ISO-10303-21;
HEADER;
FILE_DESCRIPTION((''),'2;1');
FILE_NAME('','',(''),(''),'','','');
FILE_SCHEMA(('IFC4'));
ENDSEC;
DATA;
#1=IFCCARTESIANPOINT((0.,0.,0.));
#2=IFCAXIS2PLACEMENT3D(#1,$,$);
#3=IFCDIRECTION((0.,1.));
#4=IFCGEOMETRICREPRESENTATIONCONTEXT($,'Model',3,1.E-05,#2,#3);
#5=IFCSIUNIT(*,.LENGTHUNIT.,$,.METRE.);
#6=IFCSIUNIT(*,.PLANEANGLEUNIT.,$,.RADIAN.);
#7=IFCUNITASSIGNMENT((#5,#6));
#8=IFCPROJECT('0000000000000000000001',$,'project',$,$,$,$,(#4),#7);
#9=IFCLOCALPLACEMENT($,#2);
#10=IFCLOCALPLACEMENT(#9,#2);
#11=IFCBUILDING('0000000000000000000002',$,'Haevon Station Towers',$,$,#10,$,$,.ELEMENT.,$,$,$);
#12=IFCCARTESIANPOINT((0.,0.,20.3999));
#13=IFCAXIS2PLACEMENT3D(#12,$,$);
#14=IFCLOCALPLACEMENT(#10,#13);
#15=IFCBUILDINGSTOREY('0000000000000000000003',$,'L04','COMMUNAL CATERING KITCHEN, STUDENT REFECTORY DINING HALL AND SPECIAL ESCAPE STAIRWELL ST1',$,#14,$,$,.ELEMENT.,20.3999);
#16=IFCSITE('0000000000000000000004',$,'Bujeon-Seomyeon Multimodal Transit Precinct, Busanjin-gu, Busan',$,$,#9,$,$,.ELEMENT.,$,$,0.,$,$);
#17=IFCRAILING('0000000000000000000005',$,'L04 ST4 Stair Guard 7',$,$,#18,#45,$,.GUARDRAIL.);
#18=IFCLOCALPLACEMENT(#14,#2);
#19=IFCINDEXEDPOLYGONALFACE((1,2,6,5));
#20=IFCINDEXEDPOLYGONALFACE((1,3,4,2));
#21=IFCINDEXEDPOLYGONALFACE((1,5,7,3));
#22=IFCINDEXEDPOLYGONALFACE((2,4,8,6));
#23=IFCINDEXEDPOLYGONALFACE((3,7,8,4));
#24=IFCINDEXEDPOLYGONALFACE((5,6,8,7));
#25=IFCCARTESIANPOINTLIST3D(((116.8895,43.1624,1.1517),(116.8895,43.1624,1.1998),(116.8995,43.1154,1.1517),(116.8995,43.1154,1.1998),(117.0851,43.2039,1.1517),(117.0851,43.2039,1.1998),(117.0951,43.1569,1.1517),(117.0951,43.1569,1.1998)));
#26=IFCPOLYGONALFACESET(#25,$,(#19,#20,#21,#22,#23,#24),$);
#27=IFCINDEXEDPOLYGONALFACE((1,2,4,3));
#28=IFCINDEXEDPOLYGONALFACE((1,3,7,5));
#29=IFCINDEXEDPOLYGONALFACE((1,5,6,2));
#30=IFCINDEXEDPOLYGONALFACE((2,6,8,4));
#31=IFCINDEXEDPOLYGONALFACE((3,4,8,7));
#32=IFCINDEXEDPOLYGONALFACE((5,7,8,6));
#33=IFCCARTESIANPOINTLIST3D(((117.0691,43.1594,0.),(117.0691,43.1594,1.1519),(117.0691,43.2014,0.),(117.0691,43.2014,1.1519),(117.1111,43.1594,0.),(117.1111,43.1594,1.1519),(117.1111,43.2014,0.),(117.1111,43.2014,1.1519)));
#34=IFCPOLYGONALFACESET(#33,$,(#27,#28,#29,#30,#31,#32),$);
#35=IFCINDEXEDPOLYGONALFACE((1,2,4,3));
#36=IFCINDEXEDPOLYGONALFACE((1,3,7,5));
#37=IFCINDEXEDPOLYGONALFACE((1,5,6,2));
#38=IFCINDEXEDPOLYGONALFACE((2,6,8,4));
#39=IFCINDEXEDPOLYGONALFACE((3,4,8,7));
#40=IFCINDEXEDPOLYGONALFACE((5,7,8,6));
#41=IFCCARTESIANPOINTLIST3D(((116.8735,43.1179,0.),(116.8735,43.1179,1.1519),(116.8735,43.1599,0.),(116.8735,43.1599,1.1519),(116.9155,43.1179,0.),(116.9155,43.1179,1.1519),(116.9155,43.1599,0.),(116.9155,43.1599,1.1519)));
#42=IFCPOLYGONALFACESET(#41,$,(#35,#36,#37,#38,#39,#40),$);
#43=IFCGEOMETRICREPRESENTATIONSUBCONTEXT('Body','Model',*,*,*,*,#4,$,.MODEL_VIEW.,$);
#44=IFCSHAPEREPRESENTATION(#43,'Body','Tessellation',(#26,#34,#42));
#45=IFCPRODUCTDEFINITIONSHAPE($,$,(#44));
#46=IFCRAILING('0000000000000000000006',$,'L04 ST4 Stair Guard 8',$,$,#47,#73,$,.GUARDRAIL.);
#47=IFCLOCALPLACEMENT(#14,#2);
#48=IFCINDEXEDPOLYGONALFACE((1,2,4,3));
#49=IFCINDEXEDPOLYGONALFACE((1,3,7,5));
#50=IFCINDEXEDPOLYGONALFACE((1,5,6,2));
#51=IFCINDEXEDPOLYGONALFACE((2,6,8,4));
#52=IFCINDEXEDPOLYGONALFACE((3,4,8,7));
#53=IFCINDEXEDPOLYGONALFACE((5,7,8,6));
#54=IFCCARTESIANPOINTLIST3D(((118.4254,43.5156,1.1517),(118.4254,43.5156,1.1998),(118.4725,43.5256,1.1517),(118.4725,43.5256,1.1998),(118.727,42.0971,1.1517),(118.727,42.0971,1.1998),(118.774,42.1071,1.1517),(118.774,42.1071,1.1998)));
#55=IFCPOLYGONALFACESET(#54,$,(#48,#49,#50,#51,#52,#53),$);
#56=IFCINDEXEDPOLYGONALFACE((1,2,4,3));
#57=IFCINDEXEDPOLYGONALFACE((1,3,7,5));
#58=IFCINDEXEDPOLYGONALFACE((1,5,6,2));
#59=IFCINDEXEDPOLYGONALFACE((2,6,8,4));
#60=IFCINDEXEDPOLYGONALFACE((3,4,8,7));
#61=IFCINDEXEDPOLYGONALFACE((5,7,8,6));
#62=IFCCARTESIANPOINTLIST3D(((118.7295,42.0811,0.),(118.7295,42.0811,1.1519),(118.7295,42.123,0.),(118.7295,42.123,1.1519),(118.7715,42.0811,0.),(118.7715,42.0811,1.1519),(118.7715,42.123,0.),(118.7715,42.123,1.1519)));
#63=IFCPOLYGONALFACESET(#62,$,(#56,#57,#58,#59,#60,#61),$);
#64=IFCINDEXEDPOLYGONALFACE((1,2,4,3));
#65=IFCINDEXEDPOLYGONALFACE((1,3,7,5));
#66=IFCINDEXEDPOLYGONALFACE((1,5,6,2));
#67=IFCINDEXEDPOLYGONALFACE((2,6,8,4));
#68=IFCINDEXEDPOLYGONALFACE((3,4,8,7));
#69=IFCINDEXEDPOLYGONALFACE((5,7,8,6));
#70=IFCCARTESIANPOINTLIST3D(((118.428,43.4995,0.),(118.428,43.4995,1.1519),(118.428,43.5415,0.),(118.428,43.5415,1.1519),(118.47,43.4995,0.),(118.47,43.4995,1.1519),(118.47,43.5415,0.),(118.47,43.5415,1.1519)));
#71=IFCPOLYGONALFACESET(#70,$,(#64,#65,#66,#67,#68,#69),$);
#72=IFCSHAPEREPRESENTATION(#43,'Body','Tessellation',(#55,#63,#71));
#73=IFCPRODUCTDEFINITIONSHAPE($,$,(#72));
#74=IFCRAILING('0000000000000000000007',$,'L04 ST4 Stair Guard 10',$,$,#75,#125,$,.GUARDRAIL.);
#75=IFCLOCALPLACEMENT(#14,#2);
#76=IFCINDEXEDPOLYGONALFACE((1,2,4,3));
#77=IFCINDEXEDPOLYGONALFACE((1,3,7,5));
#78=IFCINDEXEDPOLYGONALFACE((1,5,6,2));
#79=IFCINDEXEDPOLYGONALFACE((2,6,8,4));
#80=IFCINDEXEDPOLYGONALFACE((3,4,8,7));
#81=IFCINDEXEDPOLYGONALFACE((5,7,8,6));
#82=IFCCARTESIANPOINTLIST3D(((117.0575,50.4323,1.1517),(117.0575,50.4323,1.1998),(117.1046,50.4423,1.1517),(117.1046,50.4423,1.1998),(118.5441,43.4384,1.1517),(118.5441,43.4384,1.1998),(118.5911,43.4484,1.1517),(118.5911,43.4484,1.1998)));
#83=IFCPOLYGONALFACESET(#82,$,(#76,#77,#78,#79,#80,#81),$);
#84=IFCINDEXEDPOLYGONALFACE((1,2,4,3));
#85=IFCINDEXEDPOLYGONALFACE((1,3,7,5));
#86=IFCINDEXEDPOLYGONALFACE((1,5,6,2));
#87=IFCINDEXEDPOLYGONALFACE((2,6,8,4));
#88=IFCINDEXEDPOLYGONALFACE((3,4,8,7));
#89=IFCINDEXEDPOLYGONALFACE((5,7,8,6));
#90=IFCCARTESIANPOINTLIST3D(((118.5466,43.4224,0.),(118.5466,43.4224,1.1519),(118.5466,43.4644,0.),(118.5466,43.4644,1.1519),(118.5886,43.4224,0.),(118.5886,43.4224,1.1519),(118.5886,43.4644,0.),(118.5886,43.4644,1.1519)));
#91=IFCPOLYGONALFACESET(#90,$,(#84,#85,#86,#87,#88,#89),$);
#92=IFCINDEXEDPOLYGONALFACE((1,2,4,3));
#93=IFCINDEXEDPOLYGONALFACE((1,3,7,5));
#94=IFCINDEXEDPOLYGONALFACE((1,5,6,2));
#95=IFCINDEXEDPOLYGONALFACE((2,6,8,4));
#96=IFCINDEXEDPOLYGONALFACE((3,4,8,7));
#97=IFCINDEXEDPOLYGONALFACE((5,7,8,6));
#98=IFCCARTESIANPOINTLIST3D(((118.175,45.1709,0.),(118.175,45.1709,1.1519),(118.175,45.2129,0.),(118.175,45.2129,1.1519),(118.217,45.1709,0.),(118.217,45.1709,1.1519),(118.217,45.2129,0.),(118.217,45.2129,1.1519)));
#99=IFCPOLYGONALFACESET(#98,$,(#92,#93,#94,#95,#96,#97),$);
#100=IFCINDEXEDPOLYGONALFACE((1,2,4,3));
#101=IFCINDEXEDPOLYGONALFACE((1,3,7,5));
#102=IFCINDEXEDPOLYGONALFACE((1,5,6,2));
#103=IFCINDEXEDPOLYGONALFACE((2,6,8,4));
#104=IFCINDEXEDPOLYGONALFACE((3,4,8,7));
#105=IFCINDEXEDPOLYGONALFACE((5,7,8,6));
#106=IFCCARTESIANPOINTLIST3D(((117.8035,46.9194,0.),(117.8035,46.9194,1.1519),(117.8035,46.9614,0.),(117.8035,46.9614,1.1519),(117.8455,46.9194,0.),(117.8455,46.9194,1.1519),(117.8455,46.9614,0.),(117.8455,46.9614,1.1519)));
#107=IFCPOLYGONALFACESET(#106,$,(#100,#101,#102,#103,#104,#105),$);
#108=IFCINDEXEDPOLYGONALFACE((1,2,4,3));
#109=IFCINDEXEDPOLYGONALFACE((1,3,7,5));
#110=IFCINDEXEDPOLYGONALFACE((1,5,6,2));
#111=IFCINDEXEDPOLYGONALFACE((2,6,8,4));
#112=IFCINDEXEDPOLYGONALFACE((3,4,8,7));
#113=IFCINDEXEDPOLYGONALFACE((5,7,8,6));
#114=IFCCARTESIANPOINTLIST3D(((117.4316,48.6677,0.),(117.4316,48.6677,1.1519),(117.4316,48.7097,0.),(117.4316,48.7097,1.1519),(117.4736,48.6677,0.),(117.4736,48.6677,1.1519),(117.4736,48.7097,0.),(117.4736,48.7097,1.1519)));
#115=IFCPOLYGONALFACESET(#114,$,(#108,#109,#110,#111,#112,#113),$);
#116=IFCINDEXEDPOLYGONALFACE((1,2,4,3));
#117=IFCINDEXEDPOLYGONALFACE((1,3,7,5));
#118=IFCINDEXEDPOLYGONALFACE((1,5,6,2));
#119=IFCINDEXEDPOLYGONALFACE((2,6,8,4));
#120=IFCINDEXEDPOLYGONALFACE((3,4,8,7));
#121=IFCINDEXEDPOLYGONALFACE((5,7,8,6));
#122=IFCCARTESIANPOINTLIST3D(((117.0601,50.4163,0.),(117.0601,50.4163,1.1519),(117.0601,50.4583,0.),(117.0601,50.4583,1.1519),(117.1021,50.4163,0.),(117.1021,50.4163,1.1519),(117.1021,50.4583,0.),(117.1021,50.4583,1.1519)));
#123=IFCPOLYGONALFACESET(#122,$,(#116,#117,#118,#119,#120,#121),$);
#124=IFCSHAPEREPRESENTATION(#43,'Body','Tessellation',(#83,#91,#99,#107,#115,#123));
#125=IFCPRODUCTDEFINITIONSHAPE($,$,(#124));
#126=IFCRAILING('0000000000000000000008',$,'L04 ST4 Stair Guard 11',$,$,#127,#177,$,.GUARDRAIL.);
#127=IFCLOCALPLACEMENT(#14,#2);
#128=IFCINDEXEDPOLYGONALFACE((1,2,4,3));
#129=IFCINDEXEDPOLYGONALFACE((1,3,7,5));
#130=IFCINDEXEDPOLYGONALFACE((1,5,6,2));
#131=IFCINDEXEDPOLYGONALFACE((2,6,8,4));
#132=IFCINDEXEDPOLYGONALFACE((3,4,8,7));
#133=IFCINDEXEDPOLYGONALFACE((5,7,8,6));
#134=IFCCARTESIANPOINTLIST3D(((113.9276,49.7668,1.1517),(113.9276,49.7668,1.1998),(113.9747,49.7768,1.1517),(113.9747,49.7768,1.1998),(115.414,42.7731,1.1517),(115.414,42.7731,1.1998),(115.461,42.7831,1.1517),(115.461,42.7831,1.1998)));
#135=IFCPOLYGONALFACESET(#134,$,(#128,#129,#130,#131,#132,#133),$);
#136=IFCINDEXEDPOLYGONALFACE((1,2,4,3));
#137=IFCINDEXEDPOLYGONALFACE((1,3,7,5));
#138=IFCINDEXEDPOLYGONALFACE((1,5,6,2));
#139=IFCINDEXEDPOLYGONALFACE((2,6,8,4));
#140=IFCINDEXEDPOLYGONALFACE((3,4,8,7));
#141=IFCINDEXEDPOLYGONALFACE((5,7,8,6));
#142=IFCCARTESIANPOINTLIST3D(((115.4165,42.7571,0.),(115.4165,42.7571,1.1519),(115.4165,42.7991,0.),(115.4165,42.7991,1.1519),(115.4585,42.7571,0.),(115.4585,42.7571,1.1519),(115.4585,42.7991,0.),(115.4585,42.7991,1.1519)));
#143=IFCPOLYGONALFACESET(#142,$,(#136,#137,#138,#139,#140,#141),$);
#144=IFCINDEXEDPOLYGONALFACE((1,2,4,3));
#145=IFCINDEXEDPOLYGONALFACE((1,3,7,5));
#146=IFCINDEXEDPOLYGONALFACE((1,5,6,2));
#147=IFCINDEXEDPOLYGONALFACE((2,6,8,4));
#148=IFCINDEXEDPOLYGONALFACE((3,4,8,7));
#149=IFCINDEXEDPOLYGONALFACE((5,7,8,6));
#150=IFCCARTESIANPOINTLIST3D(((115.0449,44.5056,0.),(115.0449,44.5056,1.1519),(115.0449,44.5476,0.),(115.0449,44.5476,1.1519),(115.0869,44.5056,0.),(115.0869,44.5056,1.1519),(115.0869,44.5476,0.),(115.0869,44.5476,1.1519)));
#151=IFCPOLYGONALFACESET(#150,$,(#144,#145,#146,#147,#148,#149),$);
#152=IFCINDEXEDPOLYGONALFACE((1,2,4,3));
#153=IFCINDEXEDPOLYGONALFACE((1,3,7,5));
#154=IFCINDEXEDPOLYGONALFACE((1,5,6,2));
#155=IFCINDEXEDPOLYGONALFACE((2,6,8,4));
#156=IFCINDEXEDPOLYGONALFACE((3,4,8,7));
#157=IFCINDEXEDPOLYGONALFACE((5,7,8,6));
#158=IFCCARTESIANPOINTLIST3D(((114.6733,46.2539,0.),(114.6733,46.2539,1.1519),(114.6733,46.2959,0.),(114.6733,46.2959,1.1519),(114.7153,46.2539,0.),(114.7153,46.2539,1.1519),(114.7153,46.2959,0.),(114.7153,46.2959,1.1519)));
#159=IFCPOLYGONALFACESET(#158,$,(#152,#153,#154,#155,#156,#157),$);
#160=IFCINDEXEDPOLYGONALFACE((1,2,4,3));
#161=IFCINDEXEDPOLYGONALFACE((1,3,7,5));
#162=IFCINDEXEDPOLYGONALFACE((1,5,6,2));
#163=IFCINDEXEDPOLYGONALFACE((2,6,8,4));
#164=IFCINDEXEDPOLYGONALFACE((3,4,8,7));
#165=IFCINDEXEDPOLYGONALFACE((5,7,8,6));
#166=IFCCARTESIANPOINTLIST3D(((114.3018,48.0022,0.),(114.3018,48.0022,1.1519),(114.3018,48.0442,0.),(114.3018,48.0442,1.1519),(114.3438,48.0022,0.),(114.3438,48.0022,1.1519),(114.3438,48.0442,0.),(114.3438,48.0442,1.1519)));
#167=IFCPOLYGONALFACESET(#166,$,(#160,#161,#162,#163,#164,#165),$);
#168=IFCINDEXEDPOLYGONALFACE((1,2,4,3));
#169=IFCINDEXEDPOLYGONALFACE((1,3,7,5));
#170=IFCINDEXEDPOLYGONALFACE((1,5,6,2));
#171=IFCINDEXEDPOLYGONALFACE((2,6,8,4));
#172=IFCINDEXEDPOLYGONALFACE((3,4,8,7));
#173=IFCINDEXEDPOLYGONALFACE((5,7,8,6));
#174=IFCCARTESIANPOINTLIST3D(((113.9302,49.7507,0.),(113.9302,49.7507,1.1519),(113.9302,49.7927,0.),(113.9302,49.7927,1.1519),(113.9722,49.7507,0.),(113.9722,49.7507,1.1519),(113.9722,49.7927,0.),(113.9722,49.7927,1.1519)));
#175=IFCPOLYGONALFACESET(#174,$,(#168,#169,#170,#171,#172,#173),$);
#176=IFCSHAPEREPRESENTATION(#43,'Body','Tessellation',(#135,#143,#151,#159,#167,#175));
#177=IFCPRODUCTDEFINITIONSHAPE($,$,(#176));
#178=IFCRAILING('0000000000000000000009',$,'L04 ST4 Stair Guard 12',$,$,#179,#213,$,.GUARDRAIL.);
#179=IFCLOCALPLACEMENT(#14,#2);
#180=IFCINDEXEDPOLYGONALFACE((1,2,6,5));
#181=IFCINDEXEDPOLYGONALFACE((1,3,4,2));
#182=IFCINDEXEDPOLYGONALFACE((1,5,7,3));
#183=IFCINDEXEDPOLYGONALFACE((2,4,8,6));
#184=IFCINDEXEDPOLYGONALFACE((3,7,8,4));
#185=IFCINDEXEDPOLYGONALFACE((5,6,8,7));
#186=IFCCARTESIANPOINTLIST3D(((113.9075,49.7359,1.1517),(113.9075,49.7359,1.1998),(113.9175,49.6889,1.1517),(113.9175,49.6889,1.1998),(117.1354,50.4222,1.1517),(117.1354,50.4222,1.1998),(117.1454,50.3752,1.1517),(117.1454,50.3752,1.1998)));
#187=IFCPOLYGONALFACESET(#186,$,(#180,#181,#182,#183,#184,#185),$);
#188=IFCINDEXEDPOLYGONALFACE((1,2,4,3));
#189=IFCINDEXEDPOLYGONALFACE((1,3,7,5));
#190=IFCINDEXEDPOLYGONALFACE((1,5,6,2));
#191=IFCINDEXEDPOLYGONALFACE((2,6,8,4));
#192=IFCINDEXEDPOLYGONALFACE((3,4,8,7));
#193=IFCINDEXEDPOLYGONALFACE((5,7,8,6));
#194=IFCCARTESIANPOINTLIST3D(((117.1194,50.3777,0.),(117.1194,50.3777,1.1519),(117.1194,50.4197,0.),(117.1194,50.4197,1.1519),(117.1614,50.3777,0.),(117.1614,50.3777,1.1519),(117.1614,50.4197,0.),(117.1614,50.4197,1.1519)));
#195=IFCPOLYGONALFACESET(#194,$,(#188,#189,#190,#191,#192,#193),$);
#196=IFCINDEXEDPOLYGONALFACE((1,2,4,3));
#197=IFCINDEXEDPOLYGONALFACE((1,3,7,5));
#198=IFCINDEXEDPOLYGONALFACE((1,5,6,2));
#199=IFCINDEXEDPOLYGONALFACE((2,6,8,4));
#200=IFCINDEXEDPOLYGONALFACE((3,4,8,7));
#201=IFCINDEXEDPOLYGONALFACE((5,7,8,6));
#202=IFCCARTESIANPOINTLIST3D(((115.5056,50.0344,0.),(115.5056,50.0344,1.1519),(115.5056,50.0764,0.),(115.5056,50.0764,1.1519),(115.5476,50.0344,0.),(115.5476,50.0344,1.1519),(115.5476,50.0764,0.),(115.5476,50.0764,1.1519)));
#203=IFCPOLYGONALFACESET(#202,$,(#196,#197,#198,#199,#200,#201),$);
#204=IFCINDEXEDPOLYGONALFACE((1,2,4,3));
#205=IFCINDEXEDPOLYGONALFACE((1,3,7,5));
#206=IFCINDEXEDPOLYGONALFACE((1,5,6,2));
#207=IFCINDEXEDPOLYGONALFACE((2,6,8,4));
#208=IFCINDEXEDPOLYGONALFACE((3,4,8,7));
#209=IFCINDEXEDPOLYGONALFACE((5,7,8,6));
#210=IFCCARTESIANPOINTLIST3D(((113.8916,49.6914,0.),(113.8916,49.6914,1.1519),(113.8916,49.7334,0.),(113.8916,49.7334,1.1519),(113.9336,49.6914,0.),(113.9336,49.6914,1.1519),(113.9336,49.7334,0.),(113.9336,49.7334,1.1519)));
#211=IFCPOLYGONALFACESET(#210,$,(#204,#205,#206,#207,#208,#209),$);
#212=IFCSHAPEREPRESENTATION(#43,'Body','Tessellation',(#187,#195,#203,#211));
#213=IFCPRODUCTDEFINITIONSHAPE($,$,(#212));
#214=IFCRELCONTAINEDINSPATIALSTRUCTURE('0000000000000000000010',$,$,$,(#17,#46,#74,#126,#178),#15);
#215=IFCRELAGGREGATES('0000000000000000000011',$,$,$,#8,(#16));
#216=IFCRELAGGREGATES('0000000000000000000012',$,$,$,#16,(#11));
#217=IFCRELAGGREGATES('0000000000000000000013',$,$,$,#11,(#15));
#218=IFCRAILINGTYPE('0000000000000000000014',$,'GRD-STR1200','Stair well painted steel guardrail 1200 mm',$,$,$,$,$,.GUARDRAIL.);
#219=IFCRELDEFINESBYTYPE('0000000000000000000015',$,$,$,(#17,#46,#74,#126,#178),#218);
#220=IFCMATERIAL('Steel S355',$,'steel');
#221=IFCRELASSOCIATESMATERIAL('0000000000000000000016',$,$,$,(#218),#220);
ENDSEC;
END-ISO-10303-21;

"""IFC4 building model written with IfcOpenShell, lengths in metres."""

from ifc_helpers import new_model, si_unit, direction, frame, origin, origin_2d, place, context, subcontext, project, spatial, rectangle, extrude, material, type_object, element, save


model = new_model("IFC4")

# Units and contexts
model_context = context("Model", 3, precision=1e-05, world=origin(), true_north=direction((0.0, 1.0)))
body_context = subcontext(model_context, "Body", "Model", "MODEL_VIEW")
ifc_project = project(units=[si_unit("LENGTHUNIT", "METRE"), si_unit("PLANEANGLEUNIT", "RADIAN")], contexts=[model_context])

# Site, building, storey
site_placement = place(None, origin())
site = spatial("IfcSite", under=ifc_project, at=site_placement, Name="Bujeon-Seomyeon Multimodal Transit Precinct, Busanjin-gu, Busan", CompositionType="ELEMENT", RefElevation=0.0)
building_placement = place(site_placement, origin())
building = spatial("IfcBuilding", under=site, at=building_placement, Name="Haevon Station Towers", CompositionType="ELEMENT")
storey_placement = place(building_placement, frame((0.0, 0.0, 20.3999)))
storey = spatial("IfcBuildingStorey", under=building, at=storey_placement, Name="L04", Description="COMMUNAL CATERING KITCHEN, STUDENT REFECTORY DINING HALL AND SPECIAL ESCAPE STAIRWELL ST1", CompositionType="ELEMENT", Elevation=20.3999)

# Shared definitions
ifc_material_1 = material(Name="Steel S355", Category="steel")

# Railings
railing_type_1 = type_object("IfcRailingType", Name="GRD-STR1200", Description="Stair well painted steel guardrail 1200 mm", PredefinedType="GUARDRAIL", material=ifc_material_1)
railing_1_placement = place(storey_placement, frame((117.0901, 43.1804, 0.0)))
element("IfcRailing", 1, at=railing_1_placement, inside=storey, type_object=railing_type_1, Name="L04 ST4 Stair Guard 7", PredefinedType="GUARDRAIL", context=body_context, shape_type="SweptSolid", body=[
    extrude(rectangle(XDim=0.0481, YDim=0.0481, at=origin_2d()), frame((0.0, 0.0, 1.1758), z_axis=(-0.978212, -0.20761, 0.0), x_axis=(0.20761, -0.978212, 0.0)), (0.0, 0.0, 1.0), 0.2),
    extrude(rectangle(XDim=0.042, YDim=0.042, at=origin_2d()), origin(), (0.0, 0.0, 1.0), 1.1519),
    extrude(rectangle(XDim=0.042, YDim=0.042, at=origin_2d()), frame((-0.1956, -0.0415, 0.0)), (0.0, 0.0, 1.0), 1.1519),
])
railing_2_placement = place(storey_placement, frame((118.7505, 42.1021, 0.0)))
element("IfcRailing", 2, at=railing_2_placement, inside=storey, type_object=railing_type_1, Name="L04 ST4 Stair Guard 8", PredefinedType="GUARDRAIL", context=body_context, shape_type="SweptSolid", body=[
    extrude(rectangle(XDim=0.0481, YDim=0.0481, at=origin_2d()), frame((0.0, 0.0, 1.1758), z_axis=(-0.207919, 0.978146, 0.0), x_axis=(-0.978146, -0.207919, 0.0)), (0.0, 0.0, 1.0), 1.4502),
    extrude(rectangle(XDim=0.042, YDim=0.042, at=origin_2d()), origin(), (0.0, 0.0, 1.0), 1.1519),
    extrude(rectangle(XDim=0.042, YDim=0.042, at=origin_2d()), frame((-0.3015, 1.4185, 0.0)), (0.0, 0.0, 1.0), 1.1519),
])
railing_3_placement = place(storey_placement, frame((118.5676, 43.4434, 0.0)))
element("IfcRailing", 3, at=railing_3_placement, inside=storey, type_object=railing_type_1, Name="L04 ST4 Stair Guard 10", PredefinedType="GUARDRAIL", context=body_context, shape_type="SweptSolid", body=[
    extrude(rectangle(XDim=0.0481, YDim=0.0481, at=origin_2d()), frame((0.0, 0.0, 1.1758), z_axis=(-0.207908, 0.978148, 0.0), x_axis=(-0.978148, -0.207908, 0.0)), (0.0, 0.0, 1.0), 7.1501),
    extrude(rectangle(XDim=0.042, YDim=0.042, at=origin_2d()), origin(), (0.0, 0.0, 1.0), 1.1519),
    extrude(rectangle(XDim=0.042, YDim=0.042, at=origin_2d()), frame((-0.3716, 1.7485, 0.0)), (0.0, 0.0, 1.0), 1.1519),
    extrude(rectangle(XDim=0.042, YDim=0.042, at=origin_2d()), frame((-0.7432, 3.4971, 0.0)), (0.0, 0.0, 1.0), 1.1519),
    extrude(rectangle(XDim=0.042, YDim=0.042, at=origin_2d()), frame((-1.115, 5.2454, 0.0)), (0.0, 0.0, 1.0), 1.1519),
    extrude(rectangle(XDim=0.042, YDim=0.042, at=origin_2d()), frame((-1.4866, 6.9939, 0.0)), (0.0, 0.0, 1.0), 1.1519),
])
railing_4_placement = place(storey_placement, frame((115.4375, 42.7781, 0.0)))
element("IfcRailing", 4, at=railing_4_placement, inside=storey, type_object=railing_type_1, Name="L04 ST4 Stair Guard 11", PredefinedType="GUARDRAIL", context=body_context, shape_type="SweptSolid", body=[
    extrude(rectangle(XDim=0.0481, YDim=0.0481, at=origin_2d()), frame((0.0, 0.0, 1.1758), z_axis=(-0.207882, 0.978154, 0.0), x_axis=(-0.978154, -0.207882, 0.0)), (0.0, 0.0, 1.0), 7.1499),
    extrude(rectangle(XDim=0.042, YDim=0.042, at=origin_2d()), origin(), (0.0, 0.0, 1.0), 1.1519),
    extrude(rectangle(XDim=0.042, YDim=0.042, at=origin_2d()), frame((-0.3716, 1.7485, 0.0)), (0.0, 0.0, 1.0), 1.1519),
    extrude(rectangle(XDim=0.042, YDim=0.042, at=origin_2d()), frame((-0.7432, 3.4968, 0.0)), (0.0, 0.0, 1.0), 1.1519),
    extrude(rectangle(XDim=0.042, YDim=0.042, at=origin_2d()), frame((-1.1147, 5.2451, 0.0)), (0.0, 0.0, 1.0), 1.1519),
    extrude(rectangle(XDim=0.042, YDim=0.042, at=origin_2d()), frame((-1.4863, 6.9937, 0.0)), (0.0, 0.0, 1.0), 1.1519),
])
railing_5_placement = place(storey_placement, frame((117.1404, 50.3987, 0.0)))
element("IfcRailing", 5, at=railing_5_placement, inside=storey, type_object=railing_type_1, Name="L04 ST4 Stair Guard 12", PredefinedType="GUARDRAIL", context=body_context, shape_type="SweptSolid", body=[
    extrude(rectangle(XDim=0.0481, YDim=0.0481, at=origin_2d()), frame((0.0, 0.0, 1.1758), z_axis=(-0.978136, -0.207968, 0.0), x_axis=(0.207968, -0.978136, 0.0)), (0.0, 0.0, 1.0), 3.3),
    extrude(rectangle(XDim=0.042, YDim=0.042, at=origin_2d()), origin(), (0.0, 0.0, 1.0), 1.1519),
    extrude(rectangle(XDim=0.042, YDim=0.042, at=origin_2d()), frame((-1.6138, -0.3433, 0.0)), (0.0, 0.0, 1.0), 1.1519),
    extrude(rectangle(XDim=0.042, YDim=0.042, at=origin_2d()), frame((-3.2278, -0.6863, 0.0)), (0.0, 0.0, 1.0), 1.1519),
])

save(model, "model.ifc")
